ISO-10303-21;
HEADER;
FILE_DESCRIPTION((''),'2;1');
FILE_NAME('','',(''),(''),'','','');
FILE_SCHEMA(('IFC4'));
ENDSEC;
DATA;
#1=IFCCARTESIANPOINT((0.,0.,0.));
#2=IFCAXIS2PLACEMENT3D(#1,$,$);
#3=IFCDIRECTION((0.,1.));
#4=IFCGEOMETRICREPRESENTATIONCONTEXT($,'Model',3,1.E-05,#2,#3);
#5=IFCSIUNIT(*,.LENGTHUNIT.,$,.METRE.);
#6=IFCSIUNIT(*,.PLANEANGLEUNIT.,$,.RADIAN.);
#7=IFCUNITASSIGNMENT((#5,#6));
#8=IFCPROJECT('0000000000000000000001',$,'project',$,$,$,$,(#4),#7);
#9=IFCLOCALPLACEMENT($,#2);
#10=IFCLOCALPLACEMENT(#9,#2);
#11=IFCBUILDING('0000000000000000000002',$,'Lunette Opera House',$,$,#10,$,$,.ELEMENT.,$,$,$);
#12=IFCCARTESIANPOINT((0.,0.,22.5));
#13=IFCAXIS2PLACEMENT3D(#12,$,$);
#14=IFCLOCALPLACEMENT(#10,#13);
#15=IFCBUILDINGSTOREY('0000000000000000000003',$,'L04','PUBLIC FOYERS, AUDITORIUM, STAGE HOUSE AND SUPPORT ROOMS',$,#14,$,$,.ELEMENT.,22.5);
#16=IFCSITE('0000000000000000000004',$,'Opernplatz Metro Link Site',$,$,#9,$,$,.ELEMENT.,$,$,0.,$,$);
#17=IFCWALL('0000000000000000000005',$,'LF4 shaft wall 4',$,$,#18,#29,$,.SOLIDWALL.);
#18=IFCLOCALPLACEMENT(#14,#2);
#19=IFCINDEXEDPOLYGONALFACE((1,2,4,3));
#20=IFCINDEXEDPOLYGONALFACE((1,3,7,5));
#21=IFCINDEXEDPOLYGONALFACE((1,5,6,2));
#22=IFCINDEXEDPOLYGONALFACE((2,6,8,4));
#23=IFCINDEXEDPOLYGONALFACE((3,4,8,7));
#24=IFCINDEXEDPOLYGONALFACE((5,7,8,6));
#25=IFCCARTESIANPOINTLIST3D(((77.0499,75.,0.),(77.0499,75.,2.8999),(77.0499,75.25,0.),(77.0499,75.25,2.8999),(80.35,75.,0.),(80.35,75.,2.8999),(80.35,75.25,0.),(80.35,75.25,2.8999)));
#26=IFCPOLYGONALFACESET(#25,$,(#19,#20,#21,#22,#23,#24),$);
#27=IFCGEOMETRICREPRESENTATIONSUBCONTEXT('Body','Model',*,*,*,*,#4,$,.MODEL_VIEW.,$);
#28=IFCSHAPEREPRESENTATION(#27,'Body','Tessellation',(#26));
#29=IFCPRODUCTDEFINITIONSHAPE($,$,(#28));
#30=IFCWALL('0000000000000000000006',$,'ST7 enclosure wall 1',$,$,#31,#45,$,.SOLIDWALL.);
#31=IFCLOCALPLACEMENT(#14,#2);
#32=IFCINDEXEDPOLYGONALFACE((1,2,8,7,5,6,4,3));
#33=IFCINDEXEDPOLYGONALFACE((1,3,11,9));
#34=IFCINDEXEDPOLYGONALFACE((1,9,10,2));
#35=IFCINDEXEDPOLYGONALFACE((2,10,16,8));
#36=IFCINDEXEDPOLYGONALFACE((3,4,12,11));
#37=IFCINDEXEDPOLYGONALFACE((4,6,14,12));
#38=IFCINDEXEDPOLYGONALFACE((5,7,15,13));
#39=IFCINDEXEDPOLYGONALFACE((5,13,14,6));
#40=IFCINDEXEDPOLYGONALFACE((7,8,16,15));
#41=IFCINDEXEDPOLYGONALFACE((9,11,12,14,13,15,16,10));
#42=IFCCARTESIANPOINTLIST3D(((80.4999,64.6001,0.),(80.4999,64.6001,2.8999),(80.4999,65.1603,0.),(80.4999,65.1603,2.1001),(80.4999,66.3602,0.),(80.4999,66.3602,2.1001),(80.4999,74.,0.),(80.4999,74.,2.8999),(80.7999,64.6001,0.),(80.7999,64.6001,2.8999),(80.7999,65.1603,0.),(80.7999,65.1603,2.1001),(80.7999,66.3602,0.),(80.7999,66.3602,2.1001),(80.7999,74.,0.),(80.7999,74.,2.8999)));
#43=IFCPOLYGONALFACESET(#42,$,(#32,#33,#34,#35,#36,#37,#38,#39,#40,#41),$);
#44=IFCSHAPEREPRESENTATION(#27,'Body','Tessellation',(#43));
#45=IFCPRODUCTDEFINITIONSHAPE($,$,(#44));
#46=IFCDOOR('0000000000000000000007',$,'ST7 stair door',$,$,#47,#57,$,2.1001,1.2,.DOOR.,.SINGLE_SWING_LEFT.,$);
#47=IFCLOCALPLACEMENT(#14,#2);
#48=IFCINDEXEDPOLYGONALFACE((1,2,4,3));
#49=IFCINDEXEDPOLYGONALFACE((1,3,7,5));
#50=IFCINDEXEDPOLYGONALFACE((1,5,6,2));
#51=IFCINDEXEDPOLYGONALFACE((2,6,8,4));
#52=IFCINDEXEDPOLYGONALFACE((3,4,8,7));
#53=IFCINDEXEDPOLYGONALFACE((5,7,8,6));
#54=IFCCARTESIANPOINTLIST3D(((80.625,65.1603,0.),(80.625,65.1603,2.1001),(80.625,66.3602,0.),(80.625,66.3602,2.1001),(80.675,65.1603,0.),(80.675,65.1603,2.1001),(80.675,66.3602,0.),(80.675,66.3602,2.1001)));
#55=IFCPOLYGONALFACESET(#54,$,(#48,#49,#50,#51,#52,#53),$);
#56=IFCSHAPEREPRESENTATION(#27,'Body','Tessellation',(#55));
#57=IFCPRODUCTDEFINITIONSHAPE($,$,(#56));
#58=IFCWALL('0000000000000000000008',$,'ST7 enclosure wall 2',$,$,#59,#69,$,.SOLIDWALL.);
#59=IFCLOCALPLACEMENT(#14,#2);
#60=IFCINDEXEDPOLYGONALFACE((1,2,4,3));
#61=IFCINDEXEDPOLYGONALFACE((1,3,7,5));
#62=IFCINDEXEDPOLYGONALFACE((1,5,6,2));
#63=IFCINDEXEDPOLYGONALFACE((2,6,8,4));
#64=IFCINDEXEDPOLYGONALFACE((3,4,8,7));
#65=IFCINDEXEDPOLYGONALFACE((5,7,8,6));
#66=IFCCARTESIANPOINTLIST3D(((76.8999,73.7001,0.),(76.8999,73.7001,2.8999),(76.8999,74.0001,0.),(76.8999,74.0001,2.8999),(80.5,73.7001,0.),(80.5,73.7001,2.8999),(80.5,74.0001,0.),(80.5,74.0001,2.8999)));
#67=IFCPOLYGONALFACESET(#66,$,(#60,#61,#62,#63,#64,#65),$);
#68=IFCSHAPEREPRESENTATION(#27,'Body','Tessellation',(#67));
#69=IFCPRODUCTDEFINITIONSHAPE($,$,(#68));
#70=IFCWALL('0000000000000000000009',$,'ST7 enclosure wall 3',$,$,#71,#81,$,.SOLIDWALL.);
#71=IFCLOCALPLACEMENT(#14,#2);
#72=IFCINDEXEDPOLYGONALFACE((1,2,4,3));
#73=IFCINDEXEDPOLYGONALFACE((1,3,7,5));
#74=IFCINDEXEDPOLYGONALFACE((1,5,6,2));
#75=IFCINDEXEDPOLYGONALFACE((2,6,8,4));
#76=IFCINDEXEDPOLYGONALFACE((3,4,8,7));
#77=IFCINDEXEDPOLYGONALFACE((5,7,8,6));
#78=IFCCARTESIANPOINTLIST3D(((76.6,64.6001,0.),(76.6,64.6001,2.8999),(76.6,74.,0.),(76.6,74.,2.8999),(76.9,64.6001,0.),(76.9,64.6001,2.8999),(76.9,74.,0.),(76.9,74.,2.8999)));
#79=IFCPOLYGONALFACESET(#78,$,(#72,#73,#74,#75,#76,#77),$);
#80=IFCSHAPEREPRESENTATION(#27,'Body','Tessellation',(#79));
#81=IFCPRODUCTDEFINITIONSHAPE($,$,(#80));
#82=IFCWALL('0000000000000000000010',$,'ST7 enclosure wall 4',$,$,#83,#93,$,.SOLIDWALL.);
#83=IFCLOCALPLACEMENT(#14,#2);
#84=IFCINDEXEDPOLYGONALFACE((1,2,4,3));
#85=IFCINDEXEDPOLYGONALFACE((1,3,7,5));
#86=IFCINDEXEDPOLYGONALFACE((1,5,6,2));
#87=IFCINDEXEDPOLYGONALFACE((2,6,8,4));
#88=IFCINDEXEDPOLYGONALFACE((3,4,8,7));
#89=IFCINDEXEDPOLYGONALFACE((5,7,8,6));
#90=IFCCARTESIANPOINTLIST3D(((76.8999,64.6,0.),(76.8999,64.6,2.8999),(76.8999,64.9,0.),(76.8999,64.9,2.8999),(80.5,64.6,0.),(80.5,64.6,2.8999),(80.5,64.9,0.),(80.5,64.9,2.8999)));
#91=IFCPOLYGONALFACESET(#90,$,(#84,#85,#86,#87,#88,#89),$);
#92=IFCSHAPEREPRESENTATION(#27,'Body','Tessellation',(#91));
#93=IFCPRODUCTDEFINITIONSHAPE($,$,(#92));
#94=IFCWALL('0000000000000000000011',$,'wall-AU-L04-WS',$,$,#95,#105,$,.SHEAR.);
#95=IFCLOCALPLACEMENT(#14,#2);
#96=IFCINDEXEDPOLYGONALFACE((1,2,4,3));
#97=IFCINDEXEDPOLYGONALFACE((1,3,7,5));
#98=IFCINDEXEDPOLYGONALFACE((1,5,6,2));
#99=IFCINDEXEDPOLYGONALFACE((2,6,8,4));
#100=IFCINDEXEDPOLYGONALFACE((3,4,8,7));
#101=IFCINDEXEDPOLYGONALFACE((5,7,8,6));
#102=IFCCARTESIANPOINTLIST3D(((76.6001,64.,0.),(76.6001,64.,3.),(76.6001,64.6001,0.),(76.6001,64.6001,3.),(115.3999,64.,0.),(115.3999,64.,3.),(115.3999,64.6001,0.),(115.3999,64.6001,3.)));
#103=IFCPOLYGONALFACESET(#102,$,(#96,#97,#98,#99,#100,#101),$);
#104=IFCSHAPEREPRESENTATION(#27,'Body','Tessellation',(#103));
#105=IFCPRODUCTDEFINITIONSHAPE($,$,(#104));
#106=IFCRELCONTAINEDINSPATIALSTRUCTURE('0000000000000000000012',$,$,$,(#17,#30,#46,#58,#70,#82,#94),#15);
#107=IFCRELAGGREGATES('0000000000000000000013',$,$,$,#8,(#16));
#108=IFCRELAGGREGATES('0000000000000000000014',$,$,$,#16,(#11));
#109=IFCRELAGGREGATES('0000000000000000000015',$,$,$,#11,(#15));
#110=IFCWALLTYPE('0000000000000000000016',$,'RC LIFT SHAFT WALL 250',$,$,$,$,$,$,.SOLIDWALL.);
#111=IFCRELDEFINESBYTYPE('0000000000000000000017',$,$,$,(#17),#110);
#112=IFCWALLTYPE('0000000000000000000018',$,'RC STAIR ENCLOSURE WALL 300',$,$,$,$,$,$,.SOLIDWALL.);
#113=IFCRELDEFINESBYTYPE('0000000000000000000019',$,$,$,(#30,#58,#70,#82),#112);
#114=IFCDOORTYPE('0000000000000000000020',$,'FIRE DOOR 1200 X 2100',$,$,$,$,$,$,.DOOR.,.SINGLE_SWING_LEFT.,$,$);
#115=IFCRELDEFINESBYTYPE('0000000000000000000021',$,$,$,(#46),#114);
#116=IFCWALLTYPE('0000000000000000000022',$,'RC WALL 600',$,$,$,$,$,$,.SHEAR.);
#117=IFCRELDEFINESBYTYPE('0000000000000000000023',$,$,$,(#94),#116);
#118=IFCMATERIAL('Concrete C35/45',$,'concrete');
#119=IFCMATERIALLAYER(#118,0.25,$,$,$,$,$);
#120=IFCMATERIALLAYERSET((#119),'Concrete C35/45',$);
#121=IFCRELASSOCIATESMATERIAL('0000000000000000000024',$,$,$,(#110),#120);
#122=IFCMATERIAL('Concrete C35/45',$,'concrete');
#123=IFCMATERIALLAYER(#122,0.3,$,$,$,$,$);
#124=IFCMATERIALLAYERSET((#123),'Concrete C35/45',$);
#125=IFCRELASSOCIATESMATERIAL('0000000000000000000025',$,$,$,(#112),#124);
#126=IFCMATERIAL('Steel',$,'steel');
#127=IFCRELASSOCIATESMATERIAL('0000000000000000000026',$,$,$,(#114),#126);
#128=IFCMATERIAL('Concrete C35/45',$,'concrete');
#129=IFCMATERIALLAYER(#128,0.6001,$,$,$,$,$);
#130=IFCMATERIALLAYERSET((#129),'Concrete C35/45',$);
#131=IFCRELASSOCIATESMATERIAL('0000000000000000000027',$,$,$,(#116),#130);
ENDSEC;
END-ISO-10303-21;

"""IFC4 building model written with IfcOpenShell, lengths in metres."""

from ifc_helpers import new_model, si_unit, direction, frame, frame_2d, origin, place, context, subcontext, project, spatial, rectangle, extrude, material, layer, layer_set, type_object, element, fill, save


model = new_model("IFC4")

# Units and contexts
model_context = context("Model", 3, precision=1e-05, world=origin(), true_north=direction((0.0, 1.0)))
body_context = subcontext(model_context, "Body", "Model", "MODEL_VIEW")
ifc_project = project(units=[si_unit("LENGTHUNIT", "METRE"), si_unit("PLANEANGLEUNIT", "RADIAN")], contexts=[model_context])

# Site, building, storey
site_placement = place(None, origin())
site = spatial("IfcSite", under=ifc_project, at=site_placement, Name="Opernplatz Metro Link Site", CompositionType="ELEMENT", RefElevation=0.0)
building_placement = place(site_placement, origin())
building = spatial("IfcBuilding", under=site, at=building_placement, Name="Lunette Opera House", CompositionType="ELEMENT")
storey_placement = place(building_placement, frame((0.0, 0.0, 22.5)))
storey = spatial("IfcBuildingStorey", under=building, at=storey_placement, Name="L04", Description="PUBLIC FOYERS, AUDITORIUM, STAGE HOUSE AND SUPPORT ROOMS", CompositionType="ELEMENT", Elevation=22.5)

# Wall
ifc_material_1 = material(Name="Concrete C35/45", Category="concrete")
ifc_layer_1 = layer(ifc_material_1, 0.25)
ifc_layer_set_1 = layer_set([ifc_layer_1], Name="Concrete C35/45")
wall_type_1 = type_object("IfcWallType", Name="RC LIFT SHAFT WALL 250", PredefinedType="SOLIDWALL", material=ifc_layer_set_1)
wall_1_placement = place(storey_placement, frame((77.05, 75.125, 0.0), z_axis=(0.0, 0.0, 1.0), x_axis=(1.0, 0.0, 0.0)))
element("IfcWall", 1, at=wall_1_placement, inside=storey, type_object=wall_type_1, Name="LF4 shaft wall 4", PredefinedType="SOLIDWALL", context=body_context, shape_type="SweptSolid", body=[
    extrude(rectangle(XDim=3.3, YDim=0.25, at=frame_2d((1.6499, 0.0))), origin(), (0.0, 0.0, 1.0), 2.8999),
])

# Wall, opening, door
ifc_material_2 = material(Name="Concrete C35/45", Category="concrete")
ifc_layer_2 = layer(ifc_material_2, 0.3)
ifc_layer_set_2 = layer_set([ifc_layer_2], Name="Concrete C35/45")
wall_type_2 = type_object("IfcWallType", Name="RC STAIR ENCLOSURE WALL 300", PredefinedType="SOLIDWALL", material=ifc_layer_set_2)
wall_2_placement = place(storey_placement, frame((80.6499, 64.6001, 0.0), z_axis=(0.0, 0.0, 1.0), x_axis=(0.0, 1.0, 0.0)))
wall_2 = element("IfcWall", 2, at=wall_2_placement, inside=storey, type_object=wall_type_2, Name="ST7 enclosure wall 1", PredefinedType="SOLIDWALL", context=body_context, shape_type="SweptSolid", body=[
    extrude(rectangle(XDim=9.3999, YDim=0.3, at=frame_2d((4.7, 0.0))), origin(), (0.0, 0.0, 1.0), 2.8999),
])
opening_1_placement = place(wall_2_placement, frame((0.5601, 0.0, 0.0)))
opening_1 = element("IfcOpeningElement", 3, at=opening_1_placement, cuts=wall_2, PredefinedType="OPENING", context=body_context, shape_type="SweptSolid", body=[
    extrude(rectangle(XDim=1.2, YDim=2.1001, at=frame_2d((0.6001, 1.05))), frame((0.0, 0.1621, 0.0), z_axis=(0.0, -1.0, 0.0), x_axis=(1.0, 0.0, 0.0)), (0.0, 0.0, 1.0), 0.324),
])
ifc_material_3 = material(Name="Steel", Category="steel")
door_type = type_object("IfcDoorType", Name="FIRE DOOR 1200 X 2100", OperationType="SINGLE_SWING_LEFT", PredefinedType="DOOR", material=ifc_material_3)
door_placement = place(opening_1_placement, origin())
door = element("IfcDoor", 4, at=door_placement, inside=storey, type_object=door_type, Name="ST7 stair door", OperationType="SINGLE_SWING_LEFT", OverallHeight=2.1001, OverallWidth=1.2, PredefinedType="DOOR", context=body_context, shape_type="SweptSolid", body=[
    extrude(rectangle(XDim=1.2, YDim=2.1001, at=frame_2d((0.6001, 1.05))), frame((0.0, 0.0249, 0.0), z_axis=(0.0, -1.0, 0.0), x_axis=(1.0, 0.0, 0.0)), (0.0, 0.0, 1.0), 0.05),
])
fill(opening_1, door)

# Walls
wall_3_placement = place(storey_placement, frame((80.5, 73.8501, 0.0), z_axis=(0.0, 0.0, 1.0), x_axis=(-1.0, 0.0, 0.0)))
element("IfcWall", 5, at=wall_3_placement, inside=storey, type_object=wall_type_2, Name="ST7 enclosure wall 2", PredefinedType="SOLIDWALL", context=body_context, shape_type="SweptSolid", body=[
    extrude(rectangle(XDim=3.6001, YDim=0.3, at=frame_2d((1.8, 0.0))), origin(), (0.0, 0.0, 1.0), 2.8999),
])
wall_4_placement = place(storey_placement, frame((76.75, 74.0, 0.0), z_axis=(0.0, 0.0, 1.0), x_axis=(0.0, -1.0, 0.0)))
element("IfcWall", 6, at=wall_4_placement, inside=storey, type_object=wall_type_2, Name="ST7 enclosure wall 3", PredefinedType="SOLIDWALL", context=body_context, shape_type="SweptSolid", body=[
    extrude(rectangle(XDim=9.3999, YDim=0.3, at=frame_2d((4.7, 0.0))), origin(), (0.0, 0.0, 1.0), 2.8999),
])
wall_5_placement = place(storey_placement, frame((76.8999, 64.75, 0.0), z_axis=(0.0, 0.0, 1.0), x_axis=(1.0, 0.0, 0.0)))
element("IfcWall", 7, at=wall_5_placement, inside=storey, type_object=wall_type_2, Name="ST7 enclosure wall 4", PredefinedType="SOLIDWALL", context=body_context, shape_type="SweptSolid", body=[
    extrude(rectangle(XDim=3.6001, YDim=0.3, at=frame_2d((1.8, 0.0))), origin(), (0.0, 0.0, 1.0), 2.8999),
])
ifc_material_4 = material(Name="Concrete C35/45", Category="concrete")
ifc_layer_3 = layer(ifc_material_4, 0.6001)
ifc_layer_set_3 = layer_set([ifc_layer_3], Name="Concrete C35/45")
wall_type_3 = type_object("IfcWallType", Name="RC WALL 600", PredefinedType="SHEAR", material=ifc_layer_set_3)
wall_6_placement = place(storey_placement, frame((76.6001, 64.3, 0.0), z_axis=(0.0, 0.0, 1.0), x_axis=(1.0, 0.0, 0.0)))
element("IfcWall", 8, at=wall_6_placement, inside=storey, type_object=wall_type_3, Name="wall-AU-L04-WS", PredefinedType="SHEAR", context=body_context, shape_type="SweptSolid", body=[
    extrude(rectangle(XDim=38.7998, YDim=0.6001, at=frame_2d((19.3999, 0.0))), origin(), (0.0, 0.0, 1.0), 3.0),
])

save(model, "model.ifc")
